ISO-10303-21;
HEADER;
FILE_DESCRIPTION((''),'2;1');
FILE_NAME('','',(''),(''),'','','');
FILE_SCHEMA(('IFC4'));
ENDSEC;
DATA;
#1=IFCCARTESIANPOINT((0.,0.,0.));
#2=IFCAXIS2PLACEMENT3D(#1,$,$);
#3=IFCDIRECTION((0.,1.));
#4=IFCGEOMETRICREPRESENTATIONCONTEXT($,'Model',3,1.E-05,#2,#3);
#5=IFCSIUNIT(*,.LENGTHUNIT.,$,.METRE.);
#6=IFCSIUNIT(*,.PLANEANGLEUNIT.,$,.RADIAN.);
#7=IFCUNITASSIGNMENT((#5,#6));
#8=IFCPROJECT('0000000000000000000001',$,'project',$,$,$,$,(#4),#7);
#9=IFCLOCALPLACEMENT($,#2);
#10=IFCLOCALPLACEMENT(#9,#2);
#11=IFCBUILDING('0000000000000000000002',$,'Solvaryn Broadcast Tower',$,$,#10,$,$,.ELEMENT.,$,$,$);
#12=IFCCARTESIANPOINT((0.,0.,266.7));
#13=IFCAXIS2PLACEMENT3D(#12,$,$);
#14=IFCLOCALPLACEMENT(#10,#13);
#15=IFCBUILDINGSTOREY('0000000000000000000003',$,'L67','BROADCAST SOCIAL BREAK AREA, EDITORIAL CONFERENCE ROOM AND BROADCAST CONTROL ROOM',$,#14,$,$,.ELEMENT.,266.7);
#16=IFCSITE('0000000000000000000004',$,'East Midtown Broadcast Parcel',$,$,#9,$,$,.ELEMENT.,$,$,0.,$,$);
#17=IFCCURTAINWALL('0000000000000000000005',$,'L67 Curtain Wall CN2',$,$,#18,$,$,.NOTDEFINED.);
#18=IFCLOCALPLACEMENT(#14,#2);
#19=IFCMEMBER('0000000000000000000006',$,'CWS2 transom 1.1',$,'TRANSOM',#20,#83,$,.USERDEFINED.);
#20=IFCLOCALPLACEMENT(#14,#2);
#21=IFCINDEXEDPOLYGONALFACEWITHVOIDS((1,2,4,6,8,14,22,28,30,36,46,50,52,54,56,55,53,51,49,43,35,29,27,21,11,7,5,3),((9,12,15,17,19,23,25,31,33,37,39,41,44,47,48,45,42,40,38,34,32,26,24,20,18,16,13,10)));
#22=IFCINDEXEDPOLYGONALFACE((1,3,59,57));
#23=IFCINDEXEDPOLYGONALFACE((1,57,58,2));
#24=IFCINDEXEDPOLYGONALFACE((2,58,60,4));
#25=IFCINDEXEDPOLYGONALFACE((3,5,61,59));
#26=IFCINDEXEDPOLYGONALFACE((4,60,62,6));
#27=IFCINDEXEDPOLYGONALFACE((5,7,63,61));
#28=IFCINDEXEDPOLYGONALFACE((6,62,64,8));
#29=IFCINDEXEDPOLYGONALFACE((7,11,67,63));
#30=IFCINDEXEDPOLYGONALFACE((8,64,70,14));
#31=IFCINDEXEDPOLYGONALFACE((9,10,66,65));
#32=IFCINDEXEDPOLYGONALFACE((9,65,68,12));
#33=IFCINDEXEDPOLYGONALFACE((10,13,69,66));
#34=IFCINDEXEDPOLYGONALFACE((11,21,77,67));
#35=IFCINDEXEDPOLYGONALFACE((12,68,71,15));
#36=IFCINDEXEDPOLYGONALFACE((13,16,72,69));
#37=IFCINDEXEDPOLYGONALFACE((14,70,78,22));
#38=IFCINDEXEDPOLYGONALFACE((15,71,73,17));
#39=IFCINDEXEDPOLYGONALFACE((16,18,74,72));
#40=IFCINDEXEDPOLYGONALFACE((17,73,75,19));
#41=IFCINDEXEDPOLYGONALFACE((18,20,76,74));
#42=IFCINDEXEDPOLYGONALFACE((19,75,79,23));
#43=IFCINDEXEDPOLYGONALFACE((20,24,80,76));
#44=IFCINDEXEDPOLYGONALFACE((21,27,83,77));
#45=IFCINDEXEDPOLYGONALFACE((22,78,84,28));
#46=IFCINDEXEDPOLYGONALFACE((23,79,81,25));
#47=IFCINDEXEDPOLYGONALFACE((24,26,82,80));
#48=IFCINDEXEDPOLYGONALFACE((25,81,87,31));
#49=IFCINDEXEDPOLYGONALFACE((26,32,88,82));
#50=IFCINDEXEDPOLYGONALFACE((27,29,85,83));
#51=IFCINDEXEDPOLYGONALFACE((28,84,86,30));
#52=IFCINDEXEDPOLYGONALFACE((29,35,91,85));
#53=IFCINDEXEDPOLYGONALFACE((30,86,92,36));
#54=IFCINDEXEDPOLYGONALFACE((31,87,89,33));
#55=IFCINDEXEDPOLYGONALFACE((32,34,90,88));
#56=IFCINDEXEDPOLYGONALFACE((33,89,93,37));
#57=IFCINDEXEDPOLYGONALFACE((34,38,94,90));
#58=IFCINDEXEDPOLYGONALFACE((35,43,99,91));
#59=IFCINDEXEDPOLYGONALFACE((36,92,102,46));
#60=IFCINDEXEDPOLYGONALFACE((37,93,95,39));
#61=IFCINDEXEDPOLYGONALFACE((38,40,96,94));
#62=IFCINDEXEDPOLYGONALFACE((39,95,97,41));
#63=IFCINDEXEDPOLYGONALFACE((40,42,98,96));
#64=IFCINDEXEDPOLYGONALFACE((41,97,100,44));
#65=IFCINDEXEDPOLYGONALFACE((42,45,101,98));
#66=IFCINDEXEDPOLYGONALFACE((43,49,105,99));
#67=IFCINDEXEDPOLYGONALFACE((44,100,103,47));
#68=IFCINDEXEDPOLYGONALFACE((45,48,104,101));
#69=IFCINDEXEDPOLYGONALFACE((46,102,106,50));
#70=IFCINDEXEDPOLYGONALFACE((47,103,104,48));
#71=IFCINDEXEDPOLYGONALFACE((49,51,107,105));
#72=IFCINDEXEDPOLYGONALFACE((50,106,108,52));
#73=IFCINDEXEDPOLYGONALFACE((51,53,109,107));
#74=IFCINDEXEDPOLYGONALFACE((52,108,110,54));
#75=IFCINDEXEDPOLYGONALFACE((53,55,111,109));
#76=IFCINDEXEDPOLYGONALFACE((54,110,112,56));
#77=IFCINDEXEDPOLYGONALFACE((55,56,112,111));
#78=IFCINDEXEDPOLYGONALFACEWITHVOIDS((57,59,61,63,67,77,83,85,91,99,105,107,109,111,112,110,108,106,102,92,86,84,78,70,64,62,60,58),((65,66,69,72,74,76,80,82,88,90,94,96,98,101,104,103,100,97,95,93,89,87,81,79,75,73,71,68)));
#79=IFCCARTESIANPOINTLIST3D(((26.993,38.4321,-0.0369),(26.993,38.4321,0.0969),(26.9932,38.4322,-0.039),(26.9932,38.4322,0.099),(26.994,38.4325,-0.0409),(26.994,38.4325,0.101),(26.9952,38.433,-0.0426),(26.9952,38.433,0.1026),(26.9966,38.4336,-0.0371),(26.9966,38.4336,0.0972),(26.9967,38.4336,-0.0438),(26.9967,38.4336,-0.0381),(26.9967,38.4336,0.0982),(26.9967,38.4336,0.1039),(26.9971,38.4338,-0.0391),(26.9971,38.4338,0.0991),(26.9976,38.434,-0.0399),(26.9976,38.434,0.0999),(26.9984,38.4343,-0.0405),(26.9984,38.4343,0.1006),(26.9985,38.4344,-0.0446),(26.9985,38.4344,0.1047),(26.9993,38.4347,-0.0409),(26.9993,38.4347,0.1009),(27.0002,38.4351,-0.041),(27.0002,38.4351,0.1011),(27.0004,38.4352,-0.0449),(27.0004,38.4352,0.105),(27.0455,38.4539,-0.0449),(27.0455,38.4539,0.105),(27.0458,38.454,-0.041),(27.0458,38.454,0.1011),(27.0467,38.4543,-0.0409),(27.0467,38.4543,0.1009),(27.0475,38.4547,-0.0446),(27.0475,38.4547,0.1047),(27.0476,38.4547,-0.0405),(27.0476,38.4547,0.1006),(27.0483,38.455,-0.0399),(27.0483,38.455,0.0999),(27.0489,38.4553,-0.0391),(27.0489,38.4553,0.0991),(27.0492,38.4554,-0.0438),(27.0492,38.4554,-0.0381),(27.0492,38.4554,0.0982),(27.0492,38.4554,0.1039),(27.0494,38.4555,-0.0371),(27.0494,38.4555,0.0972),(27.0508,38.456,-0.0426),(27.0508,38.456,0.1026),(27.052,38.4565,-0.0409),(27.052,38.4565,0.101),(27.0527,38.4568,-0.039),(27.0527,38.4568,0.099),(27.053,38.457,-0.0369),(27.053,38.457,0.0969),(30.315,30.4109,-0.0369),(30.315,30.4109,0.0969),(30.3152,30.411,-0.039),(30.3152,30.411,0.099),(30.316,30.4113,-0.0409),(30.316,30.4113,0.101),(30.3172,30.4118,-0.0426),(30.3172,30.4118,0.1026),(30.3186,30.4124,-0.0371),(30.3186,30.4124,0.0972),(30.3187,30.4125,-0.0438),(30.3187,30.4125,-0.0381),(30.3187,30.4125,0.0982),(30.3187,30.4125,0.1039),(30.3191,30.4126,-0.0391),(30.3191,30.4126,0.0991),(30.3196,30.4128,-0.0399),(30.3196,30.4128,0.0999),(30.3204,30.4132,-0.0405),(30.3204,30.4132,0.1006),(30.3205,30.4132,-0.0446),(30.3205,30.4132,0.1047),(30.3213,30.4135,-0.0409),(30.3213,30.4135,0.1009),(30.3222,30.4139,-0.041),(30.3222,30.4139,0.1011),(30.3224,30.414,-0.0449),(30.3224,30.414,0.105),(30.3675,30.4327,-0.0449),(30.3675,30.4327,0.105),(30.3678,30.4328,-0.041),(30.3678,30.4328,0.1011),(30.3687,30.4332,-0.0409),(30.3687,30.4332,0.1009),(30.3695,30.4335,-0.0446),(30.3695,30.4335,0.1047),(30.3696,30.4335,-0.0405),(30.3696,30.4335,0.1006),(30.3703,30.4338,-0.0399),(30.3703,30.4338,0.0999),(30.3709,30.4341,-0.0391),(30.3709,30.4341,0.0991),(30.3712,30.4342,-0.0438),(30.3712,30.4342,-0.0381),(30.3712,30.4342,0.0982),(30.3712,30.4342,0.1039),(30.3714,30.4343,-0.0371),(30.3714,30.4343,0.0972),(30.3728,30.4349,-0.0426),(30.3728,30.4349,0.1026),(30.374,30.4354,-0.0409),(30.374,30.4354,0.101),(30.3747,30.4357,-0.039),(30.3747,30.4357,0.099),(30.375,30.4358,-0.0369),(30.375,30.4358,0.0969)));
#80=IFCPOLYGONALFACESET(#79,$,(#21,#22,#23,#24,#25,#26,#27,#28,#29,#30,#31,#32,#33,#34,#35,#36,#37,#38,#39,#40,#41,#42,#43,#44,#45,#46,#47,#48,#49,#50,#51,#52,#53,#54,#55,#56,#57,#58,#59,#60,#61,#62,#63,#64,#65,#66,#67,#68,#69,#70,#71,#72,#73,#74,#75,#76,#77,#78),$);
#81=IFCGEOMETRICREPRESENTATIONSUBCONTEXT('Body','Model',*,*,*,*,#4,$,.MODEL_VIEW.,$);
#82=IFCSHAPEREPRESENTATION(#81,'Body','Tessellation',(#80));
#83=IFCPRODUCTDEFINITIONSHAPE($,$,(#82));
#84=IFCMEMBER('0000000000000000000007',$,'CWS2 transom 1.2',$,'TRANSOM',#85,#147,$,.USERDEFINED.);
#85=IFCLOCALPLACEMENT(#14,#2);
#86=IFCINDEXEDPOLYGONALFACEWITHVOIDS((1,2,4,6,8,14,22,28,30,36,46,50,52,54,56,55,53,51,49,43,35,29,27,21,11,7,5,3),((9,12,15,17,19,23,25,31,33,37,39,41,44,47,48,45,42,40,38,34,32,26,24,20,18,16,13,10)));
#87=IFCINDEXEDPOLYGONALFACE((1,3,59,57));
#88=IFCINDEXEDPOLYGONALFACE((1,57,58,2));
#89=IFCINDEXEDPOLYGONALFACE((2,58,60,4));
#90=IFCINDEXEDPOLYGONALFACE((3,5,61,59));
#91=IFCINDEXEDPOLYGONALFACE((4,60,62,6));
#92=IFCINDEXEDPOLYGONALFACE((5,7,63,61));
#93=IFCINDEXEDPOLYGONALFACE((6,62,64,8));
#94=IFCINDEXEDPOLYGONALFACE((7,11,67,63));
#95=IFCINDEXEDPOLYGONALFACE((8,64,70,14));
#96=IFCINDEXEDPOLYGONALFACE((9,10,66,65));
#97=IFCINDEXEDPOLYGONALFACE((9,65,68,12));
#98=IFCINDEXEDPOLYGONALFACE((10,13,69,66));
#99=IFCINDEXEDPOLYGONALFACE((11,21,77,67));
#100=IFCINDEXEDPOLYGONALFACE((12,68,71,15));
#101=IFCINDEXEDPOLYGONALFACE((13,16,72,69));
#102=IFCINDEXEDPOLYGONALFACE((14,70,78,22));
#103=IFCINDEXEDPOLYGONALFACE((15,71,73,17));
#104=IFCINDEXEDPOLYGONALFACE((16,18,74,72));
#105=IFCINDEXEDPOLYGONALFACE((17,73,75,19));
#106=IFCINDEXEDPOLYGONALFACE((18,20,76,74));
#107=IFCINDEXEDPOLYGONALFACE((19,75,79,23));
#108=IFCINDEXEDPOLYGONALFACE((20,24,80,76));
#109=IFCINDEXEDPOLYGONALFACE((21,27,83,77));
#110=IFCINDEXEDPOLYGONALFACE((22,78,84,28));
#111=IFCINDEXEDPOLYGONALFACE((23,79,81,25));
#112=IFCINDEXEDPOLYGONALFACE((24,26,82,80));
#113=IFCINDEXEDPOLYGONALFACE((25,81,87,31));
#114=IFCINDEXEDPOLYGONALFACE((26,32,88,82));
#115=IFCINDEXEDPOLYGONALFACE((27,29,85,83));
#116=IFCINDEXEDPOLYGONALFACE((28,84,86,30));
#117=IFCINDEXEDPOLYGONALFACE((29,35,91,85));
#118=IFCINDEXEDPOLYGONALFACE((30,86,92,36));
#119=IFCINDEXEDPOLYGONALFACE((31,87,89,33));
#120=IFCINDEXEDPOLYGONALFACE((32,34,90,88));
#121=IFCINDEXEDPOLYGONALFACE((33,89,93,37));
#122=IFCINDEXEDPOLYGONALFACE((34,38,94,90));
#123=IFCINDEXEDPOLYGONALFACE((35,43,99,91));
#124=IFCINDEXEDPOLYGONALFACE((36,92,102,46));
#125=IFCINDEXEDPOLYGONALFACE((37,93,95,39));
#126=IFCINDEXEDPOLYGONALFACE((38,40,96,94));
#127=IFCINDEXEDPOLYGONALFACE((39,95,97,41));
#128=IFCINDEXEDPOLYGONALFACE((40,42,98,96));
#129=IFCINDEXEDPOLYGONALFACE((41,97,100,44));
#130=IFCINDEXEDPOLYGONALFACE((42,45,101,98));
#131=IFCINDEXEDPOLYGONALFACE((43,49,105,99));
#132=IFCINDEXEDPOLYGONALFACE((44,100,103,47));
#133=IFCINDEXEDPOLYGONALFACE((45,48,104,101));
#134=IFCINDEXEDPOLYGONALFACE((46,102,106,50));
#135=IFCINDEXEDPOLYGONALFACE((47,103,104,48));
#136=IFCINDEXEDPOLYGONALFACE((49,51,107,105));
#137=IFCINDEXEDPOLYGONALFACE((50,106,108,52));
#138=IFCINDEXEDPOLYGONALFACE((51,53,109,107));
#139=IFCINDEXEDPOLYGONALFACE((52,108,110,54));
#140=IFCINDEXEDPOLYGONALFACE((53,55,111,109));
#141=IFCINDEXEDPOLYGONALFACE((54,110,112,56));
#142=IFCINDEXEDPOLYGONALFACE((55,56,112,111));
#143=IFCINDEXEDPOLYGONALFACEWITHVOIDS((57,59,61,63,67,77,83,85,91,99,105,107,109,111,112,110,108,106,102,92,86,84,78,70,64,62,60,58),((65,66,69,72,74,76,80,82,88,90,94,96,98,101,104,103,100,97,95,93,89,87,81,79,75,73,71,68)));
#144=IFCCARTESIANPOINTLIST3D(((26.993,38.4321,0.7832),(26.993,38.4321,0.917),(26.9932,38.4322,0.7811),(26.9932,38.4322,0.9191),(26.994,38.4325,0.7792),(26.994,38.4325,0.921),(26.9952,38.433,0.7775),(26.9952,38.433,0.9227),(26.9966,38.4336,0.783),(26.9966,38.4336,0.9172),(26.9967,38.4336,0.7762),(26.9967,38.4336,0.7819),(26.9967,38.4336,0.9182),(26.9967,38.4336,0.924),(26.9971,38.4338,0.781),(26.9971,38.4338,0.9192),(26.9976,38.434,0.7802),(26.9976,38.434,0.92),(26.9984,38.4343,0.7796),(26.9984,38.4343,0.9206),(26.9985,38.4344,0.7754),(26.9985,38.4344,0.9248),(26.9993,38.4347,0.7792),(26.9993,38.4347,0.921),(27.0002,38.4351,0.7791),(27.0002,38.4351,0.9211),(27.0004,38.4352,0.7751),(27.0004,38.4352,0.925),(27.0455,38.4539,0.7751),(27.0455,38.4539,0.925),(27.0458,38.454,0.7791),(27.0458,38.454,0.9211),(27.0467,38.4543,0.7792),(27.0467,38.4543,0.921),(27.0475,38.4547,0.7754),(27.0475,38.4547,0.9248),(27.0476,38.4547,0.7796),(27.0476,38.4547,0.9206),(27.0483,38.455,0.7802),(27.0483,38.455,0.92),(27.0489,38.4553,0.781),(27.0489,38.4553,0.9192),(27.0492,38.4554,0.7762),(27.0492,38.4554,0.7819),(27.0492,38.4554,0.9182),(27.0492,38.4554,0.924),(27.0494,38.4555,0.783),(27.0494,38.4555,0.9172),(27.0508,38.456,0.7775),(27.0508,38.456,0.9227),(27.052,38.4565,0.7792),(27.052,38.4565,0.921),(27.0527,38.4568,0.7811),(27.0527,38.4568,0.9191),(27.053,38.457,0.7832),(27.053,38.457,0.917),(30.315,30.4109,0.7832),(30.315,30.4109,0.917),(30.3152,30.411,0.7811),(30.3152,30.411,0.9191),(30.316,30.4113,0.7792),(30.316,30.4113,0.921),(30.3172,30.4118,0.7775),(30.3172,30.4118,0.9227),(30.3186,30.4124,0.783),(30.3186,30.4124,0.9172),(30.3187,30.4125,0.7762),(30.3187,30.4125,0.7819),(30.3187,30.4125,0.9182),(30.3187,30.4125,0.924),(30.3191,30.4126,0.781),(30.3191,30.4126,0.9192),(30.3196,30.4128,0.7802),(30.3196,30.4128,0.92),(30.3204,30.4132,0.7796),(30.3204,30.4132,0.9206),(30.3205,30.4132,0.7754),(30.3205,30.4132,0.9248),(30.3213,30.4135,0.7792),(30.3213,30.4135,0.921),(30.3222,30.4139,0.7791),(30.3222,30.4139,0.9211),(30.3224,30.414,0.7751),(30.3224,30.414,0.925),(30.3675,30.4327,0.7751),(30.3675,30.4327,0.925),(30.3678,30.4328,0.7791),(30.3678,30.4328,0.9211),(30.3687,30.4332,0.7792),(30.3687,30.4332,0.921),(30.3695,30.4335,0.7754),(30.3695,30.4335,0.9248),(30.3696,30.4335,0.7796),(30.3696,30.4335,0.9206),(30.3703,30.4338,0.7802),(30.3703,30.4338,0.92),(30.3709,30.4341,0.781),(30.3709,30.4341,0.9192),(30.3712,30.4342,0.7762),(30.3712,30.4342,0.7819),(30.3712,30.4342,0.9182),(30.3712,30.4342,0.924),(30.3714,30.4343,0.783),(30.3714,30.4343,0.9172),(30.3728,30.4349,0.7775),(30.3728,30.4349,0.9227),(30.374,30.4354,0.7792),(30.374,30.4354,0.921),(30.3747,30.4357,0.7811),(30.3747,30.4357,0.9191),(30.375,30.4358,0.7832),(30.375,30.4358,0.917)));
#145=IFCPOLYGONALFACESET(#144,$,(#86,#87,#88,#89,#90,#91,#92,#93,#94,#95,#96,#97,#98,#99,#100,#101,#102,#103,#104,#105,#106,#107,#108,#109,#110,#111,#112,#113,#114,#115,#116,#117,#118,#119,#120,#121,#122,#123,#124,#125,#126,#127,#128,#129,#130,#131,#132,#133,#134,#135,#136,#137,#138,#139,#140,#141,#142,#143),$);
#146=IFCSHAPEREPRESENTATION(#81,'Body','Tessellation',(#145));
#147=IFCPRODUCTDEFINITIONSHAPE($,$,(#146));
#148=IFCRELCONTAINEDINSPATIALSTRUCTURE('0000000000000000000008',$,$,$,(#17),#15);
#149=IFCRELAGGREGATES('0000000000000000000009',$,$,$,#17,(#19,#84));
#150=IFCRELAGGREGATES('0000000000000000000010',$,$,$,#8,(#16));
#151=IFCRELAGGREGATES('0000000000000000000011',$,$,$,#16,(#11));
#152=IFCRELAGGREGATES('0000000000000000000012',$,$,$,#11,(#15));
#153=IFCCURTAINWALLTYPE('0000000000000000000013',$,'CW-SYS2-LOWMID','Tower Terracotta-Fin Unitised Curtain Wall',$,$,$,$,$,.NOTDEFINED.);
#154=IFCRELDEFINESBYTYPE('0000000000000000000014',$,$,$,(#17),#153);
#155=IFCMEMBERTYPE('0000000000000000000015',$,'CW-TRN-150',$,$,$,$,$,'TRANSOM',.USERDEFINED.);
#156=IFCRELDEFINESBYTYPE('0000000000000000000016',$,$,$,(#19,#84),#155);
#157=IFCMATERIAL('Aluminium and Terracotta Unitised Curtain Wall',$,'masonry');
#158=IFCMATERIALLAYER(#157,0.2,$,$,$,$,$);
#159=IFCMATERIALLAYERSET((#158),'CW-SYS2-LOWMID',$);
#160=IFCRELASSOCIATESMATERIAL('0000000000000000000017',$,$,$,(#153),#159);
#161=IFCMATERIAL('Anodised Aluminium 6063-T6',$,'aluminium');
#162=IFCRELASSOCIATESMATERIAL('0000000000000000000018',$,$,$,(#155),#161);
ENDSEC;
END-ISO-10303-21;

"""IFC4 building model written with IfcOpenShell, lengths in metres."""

from ifc_helpers import new_model, si_unit, direction, frame, origin, origin_2d, place, context, subcontext, project, spatial, hollow_rectangle, extrude, material, layer, layer_set, material_profile, profile_set, type_object, element, aggregate, save


model = new_model("IFC4")

# Units and contexts
model_context = context("Model", 3, precision=1e-05, world=origin(), true_north=direction((0.0, 1.0)))
body_context = subcontext(model_context, "Body", "Model", "MODEL_VIEW")
ifc_project = project(units=[si_unit("LENGTHUNIT", "METRE"), si_unit("PLANEANGLEUNIT", "RADIAN")], contexts=[model_context])

# Site, building, storey
site_placement = place(None, origin())
site = spatial("IfcSite", under=ifc_project, at=site_placement, Name="East Midtown Broadcast Parcel", CompositionType="ELEMENT", RefElevation=0.0)
building_placement = place(site_placement, origin())
building = spatial("IfcBuilding", under=site, at=building_placement, Name="Solvaryn Broadcast Tower", CompositionType="ELEMENT")
storey_placement = place(building_placement, frame((0.0, 0.0, 266.7)))
storey = spatial("IfcBuildingStorey", under=building, at=storey_placement, Name="L67", Description="BROADCAST SOCIAL BREAK AREA, EDITORIAL CONFERENCE ROOM AND BROADCAST CONTROL ROOM", CompositionType="ELEMENT", Elevation=266.7)

# Shared definitions
ifc_material_1 = material(Name="Aluminium and Terracotta Unitised Curtain Wall", Category="masonry")
ifc_layer_1 = layer(ifc_material_1, 0.2)
ifc_layer_set_1 = layer_set([ifc_layer_1], Name="CW-SYS2-LOWMID")
curtain_wall_type = type_object("IfcCurtainWallType", Name="CW-SYS2-LOWMID", Description="Tower Terracotta-Fin Unitised Curtain Wall", PredefinedType="NOTDEFINED", material=ifc_layer_set_1)

# Curtain wall, members
curtain_wall_1_placement = place(storey_placement, origin())
curtain_wall_1 = element("IfcCurtainWall", 1, at=curtain_wall_1_placement, inside=storey, type_object=curtain_wall_type, Name="L67 Curtain Wall CN2", PredefinedType="NOTDEFINED")
ifc_material_2 = material(Name="Anodised Aluminium 6063-T6", Category="aluminium")
ifc_material_profile_1 = material_profile(ifc_material_2, hollow_rectangle(XDim=0.0649, YDim=0.1499, WallThickness=0.0039, InnerFilletRadius=0.0039, OuterFilletRadius=0.0081, at=origin_2d()))
ifc_profile_set_1 = profile_set([ifc_material_profile_1], Name="Anodised Aluminium 6063-T6")
member_type_1 = type_object("IfcMemberType", Name="CW-TRN-150", ElementType="TRANSOM", PredefinedType="USERDEFINED", material=ifc_profile_set_1)
member_1_placement = place(storey_placement, frame((30.345, 30.4233, 0.03), z_axis=(-0.382636, 0.923899, 0.0), x_axis=(-0.923899, -0.382636, 0.0)))
member_1 = element("IfcMember", 2, at=member_1_placement, type_object=member_type_1, Name="CWS2 transom 1.1", ObjectType="TRANSOM", PredefinedType="USERDEFINED", context=body_context, shape_type="SweptSolid", body=[
    extrude(hollow_rectangle(XDim=0.0649, YDim=0.1499, WallThickness=0.0039, InnerFilletRadius=0.0039, OuterFilletRadius=0.0081, at=origin_2d()), origin(), (0.0, 0.0, 1.0), 8.6819),
])
member_2_placement = place(storey_placement, frame((30.345, 30.4233, 0.8501), z_axis=(-0.382636, 0.923899, 0.0), x_axis=(-0.923899, -0.382636, 0.0)))
member_2 = element("IfcMember", 3, at=member_2_placement, type_object=member_type_1, Name="CWS2 transom 1.2", ObjectType="TRANSOM", PredefinedType="USERDEFINED", context=body_context, shape_type="SweptSolid", body=[
    extrude(hollow_rectangle(XDim=0.0649, YDim=0.1499, WallThickness=0.0039, InnerFilletRadius=0.0039, OuterFilletRadius=0.0081, at=origin_2d()), origin(), (0.0, 0.0, 1.0), 8.6819),
])
aggregate(curtain_wall_1, [member_1, member_2])

save(model, "model.ifc")
